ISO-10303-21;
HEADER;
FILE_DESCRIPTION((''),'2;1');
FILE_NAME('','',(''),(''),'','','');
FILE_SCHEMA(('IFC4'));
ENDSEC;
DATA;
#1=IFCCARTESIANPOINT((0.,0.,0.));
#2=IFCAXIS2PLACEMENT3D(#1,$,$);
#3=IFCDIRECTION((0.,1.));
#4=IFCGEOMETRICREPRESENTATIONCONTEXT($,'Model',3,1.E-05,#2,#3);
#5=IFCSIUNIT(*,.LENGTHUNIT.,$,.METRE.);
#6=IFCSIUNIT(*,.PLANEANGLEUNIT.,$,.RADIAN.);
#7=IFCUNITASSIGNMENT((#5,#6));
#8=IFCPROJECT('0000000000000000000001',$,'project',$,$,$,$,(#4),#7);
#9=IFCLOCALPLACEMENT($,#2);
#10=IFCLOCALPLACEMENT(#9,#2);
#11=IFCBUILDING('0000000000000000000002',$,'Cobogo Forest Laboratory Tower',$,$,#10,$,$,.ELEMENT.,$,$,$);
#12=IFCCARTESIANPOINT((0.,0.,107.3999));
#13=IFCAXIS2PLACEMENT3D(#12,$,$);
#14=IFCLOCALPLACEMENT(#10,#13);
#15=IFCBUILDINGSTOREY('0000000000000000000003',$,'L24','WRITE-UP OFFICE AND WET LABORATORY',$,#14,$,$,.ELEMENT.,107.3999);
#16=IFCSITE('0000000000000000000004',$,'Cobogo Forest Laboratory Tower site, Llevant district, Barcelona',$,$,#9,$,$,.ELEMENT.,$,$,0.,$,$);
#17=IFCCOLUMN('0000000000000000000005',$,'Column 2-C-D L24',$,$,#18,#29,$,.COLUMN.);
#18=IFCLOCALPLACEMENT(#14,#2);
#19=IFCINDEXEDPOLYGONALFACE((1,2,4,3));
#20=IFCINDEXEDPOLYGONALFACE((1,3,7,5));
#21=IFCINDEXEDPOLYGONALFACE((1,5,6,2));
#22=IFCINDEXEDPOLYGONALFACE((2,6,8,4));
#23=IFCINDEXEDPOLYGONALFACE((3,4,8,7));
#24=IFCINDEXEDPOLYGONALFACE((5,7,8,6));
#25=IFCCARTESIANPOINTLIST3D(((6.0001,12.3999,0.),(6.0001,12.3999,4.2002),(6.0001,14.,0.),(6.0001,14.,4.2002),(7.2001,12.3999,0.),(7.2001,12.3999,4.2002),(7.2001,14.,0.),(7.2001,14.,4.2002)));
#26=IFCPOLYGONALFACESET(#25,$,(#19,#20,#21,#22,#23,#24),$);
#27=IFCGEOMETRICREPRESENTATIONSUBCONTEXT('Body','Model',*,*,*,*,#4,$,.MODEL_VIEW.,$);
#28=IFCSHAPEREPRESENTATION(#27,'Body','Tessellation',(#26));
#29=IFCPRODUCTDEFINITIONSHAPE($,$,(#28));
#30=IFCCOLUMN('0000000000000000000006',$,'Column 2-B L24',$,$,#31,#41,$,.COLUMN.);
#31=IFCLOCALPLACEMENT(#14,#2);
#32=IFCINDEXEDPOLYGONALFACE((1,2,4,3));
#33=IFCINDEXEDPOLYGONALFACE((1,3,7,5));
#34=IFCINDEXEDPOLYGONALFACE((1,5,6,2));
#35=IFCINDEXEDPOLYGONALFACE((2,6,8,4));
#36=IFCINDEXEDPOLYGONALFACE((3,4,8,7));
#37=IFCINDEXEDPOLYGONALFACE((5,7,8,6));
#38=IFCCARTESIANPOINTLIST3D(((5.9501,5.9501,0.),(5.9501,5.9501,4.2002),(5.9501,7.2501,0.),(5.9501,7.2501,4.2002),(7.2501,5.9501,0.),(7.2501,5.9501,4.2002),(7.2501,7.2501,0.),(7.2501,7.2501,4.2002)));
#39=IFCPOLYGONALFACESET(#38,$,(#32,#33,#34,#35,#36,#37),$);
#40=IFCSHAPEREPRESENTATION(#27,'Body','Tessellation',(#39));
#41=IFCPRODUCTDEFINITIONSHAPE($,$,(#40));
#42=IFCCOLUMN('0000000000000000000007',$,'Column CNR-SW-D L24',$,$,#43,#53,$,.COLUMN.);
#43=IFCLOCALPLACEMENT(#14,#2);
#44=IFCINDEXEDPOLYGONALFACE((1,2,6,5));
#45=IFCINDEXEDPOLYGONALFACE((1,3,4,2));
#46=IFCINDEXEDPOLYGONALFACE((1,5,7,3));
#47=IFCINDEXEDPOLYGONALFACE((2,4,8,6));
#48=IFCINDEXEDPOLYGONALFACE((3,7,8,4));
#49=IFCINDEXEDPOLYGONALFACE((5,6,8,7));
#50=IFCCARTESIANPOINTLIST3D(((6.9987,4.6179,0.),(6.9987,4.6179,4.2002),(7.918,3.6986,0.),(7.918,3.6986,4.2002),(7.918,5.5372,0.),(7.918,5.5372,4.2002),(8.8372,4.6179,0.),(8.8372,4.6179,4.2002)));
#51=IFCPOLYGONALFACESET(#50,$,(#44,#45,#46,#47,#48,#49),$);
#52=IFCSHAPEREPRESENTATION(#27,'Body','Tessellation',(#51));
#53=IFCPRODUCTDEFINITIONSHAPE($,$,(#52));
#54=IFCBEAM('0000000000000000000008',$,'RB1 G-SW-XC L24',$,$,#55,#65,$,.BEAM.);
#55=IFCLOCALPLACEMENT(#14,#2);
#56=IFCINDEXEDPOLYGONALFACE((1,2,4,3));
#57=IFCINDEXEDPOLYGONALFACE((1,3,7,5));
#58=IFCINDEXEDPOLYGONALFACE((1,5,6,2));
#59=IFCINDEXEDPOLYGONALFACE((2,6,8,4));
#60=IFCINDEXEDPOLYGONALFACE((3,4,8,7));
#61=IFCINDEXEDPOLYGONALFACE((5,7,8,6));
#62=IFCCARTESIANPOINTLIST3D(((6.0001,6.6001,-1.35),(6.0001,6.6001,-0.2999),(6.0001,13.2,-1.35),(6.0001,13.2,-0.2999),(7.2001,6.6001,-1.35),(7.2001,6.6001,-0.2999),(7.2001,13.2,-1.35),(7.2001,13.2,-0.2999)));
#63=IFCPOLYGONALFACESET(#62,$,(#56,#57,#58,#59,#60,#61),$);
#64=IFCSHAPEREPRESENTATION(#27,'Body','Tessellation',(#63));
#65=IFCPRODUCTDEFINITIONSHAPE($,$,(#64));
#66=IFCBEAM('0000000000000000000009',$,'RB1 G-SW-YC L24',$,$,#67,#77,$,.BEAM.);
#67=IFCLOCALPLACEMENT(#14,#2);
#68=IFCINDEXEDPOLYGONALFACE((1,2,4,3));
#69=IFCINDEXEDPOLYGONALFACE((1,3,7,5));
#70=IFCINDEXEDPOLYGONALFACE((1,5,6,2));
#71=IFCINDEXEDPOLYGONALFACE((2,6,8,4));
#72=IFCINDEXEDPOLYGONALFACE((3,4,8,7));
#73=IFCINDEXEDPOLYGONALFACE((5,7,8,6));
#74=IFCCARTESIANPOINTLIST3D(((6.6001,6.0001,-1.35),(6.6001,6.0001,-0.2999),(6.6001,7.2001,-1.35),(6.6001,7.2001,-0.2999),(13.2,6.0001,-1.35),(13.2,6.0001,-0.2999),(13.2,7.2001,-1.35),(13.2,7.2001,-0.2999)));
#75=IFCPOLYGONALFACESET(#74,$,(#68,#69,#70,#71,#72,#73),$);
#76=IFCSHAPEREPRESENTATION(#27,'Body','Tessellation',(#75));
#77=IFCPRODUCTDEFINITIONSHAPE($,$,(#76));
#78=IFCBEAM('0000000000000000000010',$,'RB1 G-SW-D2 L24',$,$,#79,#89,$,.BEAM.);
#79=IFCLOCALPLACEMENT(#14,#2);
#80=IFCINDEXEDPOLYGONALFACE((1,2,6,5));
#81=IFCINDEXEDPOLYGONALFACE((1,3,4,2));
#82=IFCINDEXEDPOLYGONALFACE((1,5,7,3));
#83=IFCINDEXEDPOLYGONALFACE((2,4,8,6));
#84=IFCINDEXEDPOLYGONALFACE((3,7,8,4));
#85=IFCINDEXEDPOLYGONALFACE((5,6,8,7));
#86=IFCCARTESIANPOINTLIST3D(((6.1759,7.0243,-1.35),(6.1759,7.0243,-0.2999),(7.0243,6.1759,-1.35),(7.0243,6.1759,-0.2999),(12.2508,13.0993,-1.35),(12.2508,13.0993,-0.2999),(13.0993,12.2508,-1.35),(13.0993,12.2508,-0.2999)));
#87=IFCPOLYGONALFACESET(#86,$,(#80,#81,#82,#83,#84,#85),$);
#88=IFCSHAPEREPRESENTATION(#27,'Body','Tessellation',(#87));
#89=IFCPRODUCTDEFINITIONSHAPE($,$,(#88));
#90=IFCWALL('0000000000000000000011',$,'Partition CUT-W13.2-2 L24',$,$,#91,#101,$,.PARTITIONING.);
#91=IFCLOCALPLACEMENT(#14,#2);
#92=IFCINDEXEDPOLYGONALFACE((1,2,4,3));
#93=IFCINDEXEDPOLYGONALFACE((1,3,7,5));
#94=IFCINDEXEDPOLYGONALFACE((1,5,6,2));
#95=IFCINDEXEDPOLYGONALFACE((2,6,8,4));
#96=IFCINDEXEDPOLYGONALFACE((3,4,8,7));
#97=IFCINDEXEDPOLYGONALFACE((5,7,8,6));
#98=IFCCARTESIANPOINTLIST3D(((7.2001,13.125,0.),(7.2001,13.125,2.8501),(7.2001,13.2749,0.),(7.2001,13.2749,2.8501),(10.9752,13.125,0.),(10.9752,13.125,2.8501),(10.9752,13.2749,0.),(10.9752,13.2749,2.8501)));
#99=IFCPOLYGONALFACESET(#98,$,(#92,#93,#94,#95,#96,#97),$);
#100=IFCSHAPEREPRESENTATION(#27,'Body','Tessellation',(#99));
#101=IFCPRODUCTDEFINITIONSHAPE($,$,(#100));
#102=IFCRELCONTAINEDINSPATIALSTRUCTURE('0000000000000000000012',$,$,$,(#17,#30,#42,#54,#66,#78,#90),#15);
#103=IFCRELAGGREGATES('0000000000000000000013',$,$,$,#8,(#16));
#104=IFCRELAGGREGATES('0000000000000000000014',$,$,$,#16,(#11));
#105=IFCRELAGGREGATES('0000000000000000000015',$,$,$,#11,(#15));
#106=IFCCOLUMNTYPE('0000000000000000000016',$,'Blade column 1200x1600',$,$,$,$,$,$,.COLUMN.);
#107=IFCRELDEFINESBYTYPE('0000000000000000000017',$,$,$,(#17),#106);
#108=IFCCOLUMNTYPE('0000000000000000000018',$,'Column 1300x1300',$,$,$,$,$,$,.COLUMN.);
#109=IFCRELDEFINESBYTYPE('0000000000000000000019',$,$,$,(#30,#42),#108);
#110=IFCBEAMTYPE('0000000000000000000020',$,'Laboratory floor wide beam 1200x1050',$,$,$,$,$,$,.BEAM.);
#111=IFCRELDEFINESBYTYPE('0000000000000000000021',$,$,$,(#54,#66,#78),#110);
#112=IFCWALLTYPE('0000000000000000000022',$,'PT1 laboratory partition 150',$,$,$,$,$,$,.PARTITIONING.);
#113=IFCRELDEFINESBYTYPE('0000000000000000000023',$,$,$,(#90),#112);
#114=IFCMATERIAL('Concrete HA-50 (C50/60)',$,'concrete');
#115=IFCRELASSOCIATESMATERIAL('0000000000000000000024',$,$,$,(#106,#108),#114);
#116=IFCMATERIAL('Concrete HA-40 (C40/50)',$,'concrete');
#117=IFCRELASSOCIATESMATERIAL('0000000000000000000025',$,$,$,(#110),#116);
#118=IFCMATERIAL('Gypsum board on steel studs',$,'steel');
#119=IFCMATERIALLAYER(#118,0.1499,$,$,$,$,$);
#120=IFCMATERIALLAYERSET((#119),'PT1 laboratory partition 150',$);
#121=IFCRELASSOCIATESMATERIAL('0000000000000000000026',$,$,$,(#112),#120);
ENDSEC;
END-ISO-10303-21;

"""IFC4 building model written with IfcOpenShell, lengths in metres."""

from ifc_helpers import new_model, si_unit, direction, frame, frame_2d, origin, origin_2d, place, context, subcontext, project, spatial, rectangle, extrude, material, layer, layer_set, material_profile, profile_set, type_object, element, save


model = new_model("IFC4")

# Units and contexts
model_context = context("Model", 3, precision=1e-05, world=origin(), true_north=direction((0.0, 1.0)))
body_context = subcontext(model_context, "Body", "Model", "MODEL_VIEW")
ifc_project = project(units=[si_unit("LENGTHUNIT", "METRE"), si_unit("PLANEANGLEUNIT", "RADIAN")], contexts=[model_context])

# Site, building, storey
site_placement = place(None, origin())
site = spatial("IfcSite", under=ifc_project, at=site_placement, Name="Cobogo Forest Laboratory Tower site, Llevant district, Barcelona", CompositionType="ELEMENT", RefElevation=0.0)
building_placement = place(site_placement, origin())
building = spatial("IfcBuilding", under=site, at=building_placement, Name="Cobogo Forest Laboratory Tower", CompositionType="ELEMENT")
storey_placement = place(building_placement, frame((0.0, 0.0, 107.3999)))
storey = spatial("IfcBuildingStorey", under=building, at=storey_placement, Name="L24", Description="WRITE-UP OFFICE AND WET LABORATORY", CompositionType="ELEMENT", Elevation=107.3999)

# Columns
ifc_material_1 = material(Name="Concrete HA-50 (C50/60)", Category="concrete")
ifc_material_profile_1 = material_profile(ifc_material_1, rectangle(XDim=1.6001, YDim=1.2, at=origin_2d()), Name="RC 1200x1600")
ifc_profile_set_1 = profile_set([ifc_material_profile_1], Name="Concrete HA-50 (C50/60)")
column_type_1 = type_object("IfcColumnType", Name="Blade column 1200x1600", PredefinedType="COLUMN", material=ifc_profile_set_1)
column_placement = place(storey_placement, frame((6.6001, 13.2, 0.0), z_axis=(0.0, 0.0, 1.0), x_axis=(0.0, 1.0, 0.0)))
element("IfcColumn", 1, at=column_placement, inside=storey, type_object=column_type_1, Name="Column 2-C-D L24", PredefinedType="COLUMN", context=body_context, shape_type="SweptSolid", body=[
    extrude(rectangle(XDim=1.6001, YDim=1.2, at=origin_2d()), origin(), (0.0, 0.0, 1.0), 4.2002),
])
ifc_material_profile_2 = material_profile(ifc_material_1, rectangle(XDim=1.3, YDim=1.3, at=origin_2d()), Name="RC 1300x1300")
ifc_profile_set_2 = profile_set([ifc_material_profile_2], Name="Concrete HA-50 (C50/60)")
column_type_2 = type_object("IfcColumnType", Name="Column 1300x1300", PredefinedType="COLUMN", material=ifc_profile_set_2)
for number, where, z_axis, x_axis, name in (
    (2, (6.6001, 6.6001, 0.0), (0.0, 0.0, 1.0), (1.0, 0.0, 0.0), "Column 2-B L24"),
    (3, (7.918, 4.6179, 0.0), (0.0, 0.0, 1.0), (0.707107, 0.707107, 0.0), "Column CNR-SW-D L24"),
):
    element("IfcColumn", number, at=place(storey_placement, frame(where, z_axis=z_axis, x_axis=x_axis)), inside=storey, type_object=column_type_2, Name=name, PredefinedType="COLUMN", context=body_context, shape_type="SweptSolid", body=[
        extrude(rectangle(XDim=1.3, YDim=1.3, at=origin_2d()), origin(), (0.0, 0.0, 1.0), 4.2002),
    ])

# Beams
ifc_material_2 = material(Name="Concrete HA-40 (C40/50)", Category="concrete")
ifc_material_profile_3 = material_profile(ifc_material_2, rectangle(XDim=1.2, YDim=1.05, at=origin_2d()), Name="RC 1200x1050")
ifc_profile_set_3 = profile_set([ifc_material_profile_3], Name="Concrete HA-40 (C40/50)")
beam_type = type_object("IfcBeamType", Name="Laboratory floor wide beam 1200x1050", PredefinedType="BEAM", material=ifc_profile_set_3)
for number, where, z_axis, x_axis, name in (
    (4, (6.6001, 6.6001, -0.825), (0.0, 1.0, 0.0), (-1.0, 0.0, 0.0), "RB1 G-SW-XC L24"),
    (5, (6.6001, 6.6001, -0.825), (1.0, 0.0, 0.0), (0.0, 1.0, 0.0), "RB1 G-SW-YC L24"),
):
    element("IfcBeam", number, at=place(storey_placement, frame(where, z_axis=z_axis, x_axis=x_axis)), inside=storey, type_object=beam_type, Name=name, PredefinedType="BEAM", context=body_context, shape_type="SweptSolid", body=[
        extrude(rectangle(XDim=1.2, YDim=1.05, at=origin_2d()), origin(), (0.0, 0.0, 1.0), 6.5999),
    ])
beam_placement = place(storey_placement, frame((6.6001, 6.6001, -0.825), z_axis=(0.707107, 0.707107, 0.0), x_axis=(-0.707107, 0.707107, 0.0)))
element("IfcBeam", 6, at=beam_placement, inside=storey, type_object=beam_type, Name="RB1 G-SW-D2 L24", PredefinedType="BEAM", context=body_context, shape_type="SweptSolid", body=[
    extrude(rectangle(XDim=1.2, YDim=1.05, at=origin_2d()), origin(), (0.0, 0.0, 1.0), 8.5913),
])

# Wall
ifc_material_3 = material(Name="Gypsum board on steel studs", Category="steel")
ifc_layer_1 = layer(ifc_material_3, 0.1499)
ifc_layer_set_1 = layer_set([ifc_layer_1], Name="PT1 laboratory partition 150")
wall_type_1 = type_object("IfcWallType", Name="PT1 laboratory partition 150", PredefinedType="PARTITIONING", material=ifc_layer_set_1)
wall_1_placement = place(storey_placement, frame((7.2, 13.2, 0.0), z_axis=(0.0, 0.0, 1.0), x_axis=(1.0, 0.0, 0.0)))
element("IfcWall", 7, at=wall_1_placement, inside=storey, type_object=wall_type_1, Name="Partition CUT-W13.2-2 L24", PredefinedType="PARTITIONING", context=body_context, shape_type="SweptSolid", body=[
    extrude(rectangle(XDim=3.7751, YDim=0.1499, at=frame_2d((1.8877, 0.0))), origin(), (0.0, 0.0, 1.0), 2.8501),
])

save(model, "model.ifc")
